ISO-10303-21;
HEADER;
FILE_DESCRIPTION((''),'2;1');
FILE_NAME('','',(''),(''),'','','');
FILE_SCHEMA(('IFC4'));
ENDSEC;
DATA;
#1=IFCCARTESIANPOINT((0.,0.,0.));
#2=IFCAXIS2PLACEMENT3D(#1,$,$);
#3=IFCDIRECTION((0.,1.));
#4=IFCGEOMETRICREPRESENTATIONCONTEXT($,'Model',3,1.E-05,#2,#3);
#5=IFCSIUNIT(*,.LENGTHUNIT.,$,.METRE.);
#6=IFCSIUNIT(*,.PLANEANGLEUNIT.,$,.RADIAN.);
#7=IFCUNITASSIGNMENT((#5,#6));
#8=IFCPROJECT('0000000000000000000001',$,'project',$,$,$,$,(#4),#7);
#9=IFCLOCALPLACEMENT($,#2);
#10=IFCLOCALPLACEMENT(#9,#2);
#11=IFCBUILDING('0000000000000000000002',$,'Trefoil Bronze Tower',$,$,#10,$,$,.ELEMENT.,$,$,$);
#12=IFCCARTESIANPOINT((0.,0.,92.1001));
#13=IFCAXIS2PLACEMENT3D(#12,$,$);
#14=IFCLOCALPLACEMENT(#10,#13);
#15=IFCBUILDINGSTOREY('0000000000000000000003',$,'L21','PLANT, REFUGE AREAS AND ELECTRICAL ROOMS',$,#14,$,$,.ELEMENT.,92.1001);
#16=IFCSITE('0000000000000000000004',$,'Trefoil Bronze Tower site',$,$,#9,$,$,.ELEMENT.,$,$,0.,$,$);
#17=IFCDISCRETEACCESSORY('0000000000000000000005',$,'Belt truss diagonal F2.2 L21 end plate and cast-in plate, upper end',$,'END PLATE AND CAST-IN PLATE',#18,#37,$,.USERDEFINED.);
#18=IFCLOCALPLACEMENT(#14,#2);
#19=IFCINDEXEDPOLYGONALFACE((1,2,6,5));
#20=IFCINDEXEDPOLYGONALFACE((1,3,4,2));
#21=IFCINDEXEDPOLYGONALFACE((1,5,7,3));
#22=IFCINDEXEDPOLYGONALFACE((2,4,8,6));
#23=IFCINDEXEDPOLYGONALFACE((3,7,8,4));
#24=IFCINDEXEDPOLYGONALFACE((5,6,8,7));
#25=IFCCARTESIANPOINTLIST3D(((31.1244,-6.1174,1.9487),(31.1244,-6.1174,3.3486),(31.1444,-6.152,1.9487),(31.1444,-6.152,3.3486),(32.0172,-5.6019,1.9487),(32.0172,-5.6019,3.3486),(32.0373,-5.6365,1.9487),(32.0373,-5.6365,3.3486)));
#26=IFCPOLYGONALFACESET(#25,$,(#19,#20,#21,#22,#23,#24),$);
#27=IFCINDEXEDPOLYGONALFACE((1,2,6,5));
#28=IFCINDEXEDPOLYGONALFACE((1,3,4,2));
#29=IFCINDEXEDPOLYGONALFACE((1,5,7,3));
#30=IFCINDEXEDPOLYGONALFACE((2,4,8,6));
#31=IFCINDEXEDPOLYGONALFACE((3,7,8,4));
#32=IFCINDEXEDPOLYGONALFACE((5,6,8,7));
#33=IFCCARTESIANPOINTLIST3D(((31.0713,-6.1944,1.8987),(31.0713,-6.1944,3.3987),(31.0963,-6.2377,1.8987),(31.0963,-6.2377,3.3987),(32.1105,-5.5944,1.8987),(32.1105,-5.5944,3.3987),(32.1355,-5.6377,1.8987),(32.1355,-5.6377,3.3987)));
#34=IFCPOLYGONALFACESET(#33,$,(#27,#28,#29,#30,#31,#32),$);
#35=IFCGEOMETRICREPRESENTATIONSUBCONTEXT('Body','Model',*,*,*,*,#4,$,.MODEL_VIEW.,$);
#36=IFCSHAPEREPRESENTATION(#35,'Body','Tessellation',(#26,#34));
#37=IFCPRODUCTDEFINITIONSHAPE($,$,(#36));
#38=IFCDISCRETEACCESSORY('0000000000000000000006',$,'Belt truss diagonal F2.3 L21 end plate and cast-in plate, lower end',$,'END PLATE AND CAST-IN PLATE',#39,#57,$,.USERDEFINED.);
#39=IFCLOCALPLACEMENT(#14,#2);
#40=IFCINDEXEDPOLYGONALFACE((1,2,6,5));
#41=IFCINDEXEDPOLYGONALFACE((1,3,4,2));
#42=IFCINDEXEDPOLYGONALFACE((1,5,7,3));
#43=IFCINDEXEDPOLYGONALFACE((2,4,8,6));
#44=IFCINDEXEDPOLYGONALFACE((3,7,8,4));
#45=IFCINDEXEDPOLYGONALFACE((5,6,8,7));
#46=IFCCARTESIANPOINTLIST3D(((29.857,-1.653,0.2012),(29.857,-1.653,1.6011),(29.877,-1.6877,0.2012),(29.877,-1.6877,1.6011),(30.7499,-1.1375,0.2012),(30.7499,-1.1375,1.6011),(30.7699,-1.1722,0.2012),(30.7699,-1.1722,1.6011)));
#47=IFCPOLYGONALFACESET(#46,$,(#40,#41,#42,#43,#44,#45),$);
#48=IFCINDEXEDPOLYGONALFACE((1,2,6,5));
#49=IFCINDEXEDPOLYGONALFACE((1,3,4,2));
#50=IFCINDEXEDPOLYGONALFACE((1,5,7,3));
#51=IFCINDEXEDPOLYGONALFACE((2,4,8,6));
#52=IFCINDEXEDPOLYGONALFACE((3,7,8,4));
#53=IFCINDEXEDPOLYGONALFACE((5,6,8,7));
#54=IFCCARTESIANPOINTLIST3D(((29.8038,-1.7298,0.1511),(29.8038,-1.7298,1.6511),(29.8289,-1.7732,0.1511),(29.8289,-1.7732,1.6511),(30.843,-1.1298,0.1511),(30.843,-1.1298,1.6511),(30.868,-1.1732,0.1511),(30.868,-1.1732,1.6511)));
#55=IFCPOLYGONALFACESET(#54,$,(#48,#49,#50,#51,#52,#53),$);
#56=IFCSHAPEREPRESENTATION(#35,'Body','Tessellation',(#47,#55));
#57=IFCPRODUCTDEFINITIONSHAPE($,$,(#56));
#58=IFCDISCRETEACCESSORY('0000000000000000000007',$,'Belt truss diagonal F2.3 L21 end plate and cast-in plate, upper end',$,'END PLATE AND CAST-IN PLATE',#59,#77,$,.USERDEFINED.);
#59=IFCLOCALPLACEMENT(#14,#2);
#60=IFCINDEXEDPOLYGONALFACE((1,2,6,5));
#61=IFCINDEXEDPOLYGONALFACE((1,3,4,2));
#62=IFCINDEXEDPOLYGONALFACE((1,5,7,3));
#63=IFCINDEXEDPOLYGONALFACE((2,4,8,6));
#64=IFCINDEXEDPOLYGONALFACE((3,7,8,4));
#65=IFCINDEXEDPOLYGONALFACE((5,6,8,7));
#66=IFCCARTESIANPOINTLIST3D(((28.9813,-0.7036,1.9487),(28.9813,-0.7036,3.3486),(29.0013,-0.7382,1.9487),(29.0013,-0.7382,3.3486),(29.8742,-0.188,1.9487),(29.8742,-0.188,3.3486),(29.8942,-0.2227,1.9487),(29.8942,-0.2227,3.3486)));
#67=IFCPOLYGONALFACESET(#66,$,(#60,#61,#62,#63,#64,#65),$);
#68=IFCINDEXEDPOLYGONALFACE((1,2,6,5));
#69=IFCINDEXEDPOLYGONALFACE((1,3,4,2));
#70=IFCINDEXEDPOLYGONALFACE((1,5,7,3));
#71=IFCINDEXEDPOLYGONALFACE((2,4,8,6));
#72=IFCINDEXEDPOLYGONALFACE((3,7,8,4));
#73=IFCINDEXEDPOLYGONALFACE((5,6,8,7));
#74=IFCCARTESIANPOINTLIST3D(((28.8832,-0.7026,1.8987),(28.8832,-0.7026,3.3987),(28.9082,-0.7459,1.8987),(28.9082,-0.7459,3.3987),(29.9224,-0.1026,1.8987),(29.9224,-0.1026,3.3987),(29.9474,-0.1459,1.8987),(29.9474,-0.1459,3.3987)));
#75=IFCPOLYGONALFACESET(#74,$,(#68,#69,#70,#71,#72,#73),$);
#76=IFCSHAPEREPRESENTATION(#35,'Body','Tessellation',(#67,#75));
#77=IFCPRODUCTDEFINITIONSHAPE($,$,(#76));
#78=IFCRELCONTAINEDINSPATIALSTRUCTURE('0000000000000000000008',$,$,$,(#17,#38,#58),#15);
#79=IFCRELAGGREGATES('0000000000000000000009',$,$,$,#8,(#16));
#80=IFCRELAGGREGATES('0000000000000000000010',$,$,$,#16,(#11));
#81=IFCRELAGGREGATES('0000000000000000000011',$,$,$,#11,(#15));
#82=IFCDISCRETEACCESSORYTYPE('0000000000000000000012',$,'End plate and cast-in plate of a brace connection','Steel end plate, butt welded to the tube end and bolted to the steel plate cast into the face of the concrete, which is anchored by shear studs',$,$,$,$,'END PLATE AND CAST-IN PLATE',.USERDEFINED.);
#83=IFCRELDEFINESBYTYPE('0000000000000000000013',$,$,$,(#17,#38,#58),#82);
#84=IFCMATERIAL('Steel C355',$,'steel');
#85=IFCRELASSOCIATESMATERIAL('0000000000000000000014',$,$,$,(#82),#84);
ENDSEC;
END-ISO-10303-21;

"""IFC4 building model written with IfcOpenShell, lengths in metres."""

from ifc_helpers import new_model, si_unit, direction, frame, origin, origin_2d, place, context, subcontext, project, spatial, rectangle, extrude, material, type_object, element, save


model = new_model("IFC4")

# Units and contexts
model_context = context("Model", 3, precision=1e-05, world=origin(), true_north=direction((0.0, 1.0)))
body_context = subcontext(model_context, "Body", "Model", "MODEL_VIEW")
ifc_project = project(units=[si_unit("LENGTHUNIT", "METRE"), si_unit("PLANEANGLEUNIT", "RADIAN")], contexts=[model_context])

# Site, building, storey
site_placement = place(None, origin())
site = spatial("IfcSite", under=ifc_project, at=site_placement, Name="Trefoil Bronze Tower site", CompositionType="ELEMENT", RefElevation=0.0)
building_placement = place(site_placement, origin())
building = spatial("IfcBuilding", under=site, at=building_placement, Name="Trefoil Bronze Tower", CompositionType="ELEMENT")
storey_placement = place(building_placement, frame((0.0, 0.0, 92.1001)))
storey = spatial("IfcBuildingStorey", under=building, at=storey_placement, Name="L21", Description="PLANT, REFUGE AREAS AND ELECTRICAL ROOMS", CompositionType="ELEMENT", Elevation=92.1001)

# Discrete accessories
ifc_material_1 = material(Name="Steel C355", Category="steel")
discrete_accessory_type = type_object("IfcDiscreteAccessoryType", Name="End plate and cast-in plate of a brace connection", Description="Steel end plate, butt welded to the tube end and bolted to the steel plate cast into the face of the concrete, which is anchored by shear studs", ElementType="END PLATE AND CAST-IN PLATE", PredefinedType="USERDEFINED", material=ifc_material_1)
discrete_accessory_1_placement = place(storey_placement, frame((31.5908, -5.8943, 2.6487), z_axis=(0.0, 0.0, 1.0), x_axis=(-0.5, 0.866025, 0.0)))
element("IfcDiscreteAccessory", 1, at=discrete_accessory_1_placement, inside=storey, type_object=discrete_accessory_type, Name="Belt truss diagonal F2.2 L21 end plate and cast-in plate, upper end", ObjectType="END PLATE AND CAST-IN PLATE", PredefinedType="USERDEFINED", context=body_context, shape_type="SweptSolid", body=[
    extrude(rectangle(XDim=0.04, YDim=1.031, at=origin_2d()), frame((0.02, 0.0, -0.7)), (0.0, 0.0, 1.0), 1.3999),
    extrude(rectangle(XDim=0.05, YDim=1.2, at=origin_2d()), frame((-0.0251, 0.0, -0.75)), (0.0, 0.0, 1.0), 1.5),
])
for number, where, z_axis, x_axis, name in (
    (2, (30.3235, -1.4299, 0.9011), (0.0, 0.0, 1.0), (-0.5, 0.866025, 0.0), "Belt truss diagonal F2.3 L21 end plate and cast-in plate, lower end"),
    (3, (29.4277, -0.4458, 2.6487), (0.0, 0.0, 1.0), (0.5, -0.866025, 0.0), "Belt truss diagonal F2.3 L21 end plate and cast-in plate, upper end"),
):
    element("IfcDiscreteAccessory", number, at=place(storey_placement, frame(where, z_axis=z_axis, x_axis=x_axis)), inside=storey, type_object=discrete_accessory_type, Name=name, ObjectType="END PLATE AND CAST-IN PLATE", PredefinedType="USERDEFINED", context=body_context, shape_type="SweptSolid", body=[
        extrude(rectangle(XDim=0.04, YDim=1.031, at=origin_2d()), frame((0.02, 0.0, -0.7)), (0.0, 0.0, 1.0), 1.3999),
        extrude(rectangle(XDim=0.05, YDim=1.2, at=origin_2d()), frame((-0.0249, 0.0, -0.75)), (0.0, 0.0, 1.0), 1.5),
    ])

save(model, "model.ifc")
